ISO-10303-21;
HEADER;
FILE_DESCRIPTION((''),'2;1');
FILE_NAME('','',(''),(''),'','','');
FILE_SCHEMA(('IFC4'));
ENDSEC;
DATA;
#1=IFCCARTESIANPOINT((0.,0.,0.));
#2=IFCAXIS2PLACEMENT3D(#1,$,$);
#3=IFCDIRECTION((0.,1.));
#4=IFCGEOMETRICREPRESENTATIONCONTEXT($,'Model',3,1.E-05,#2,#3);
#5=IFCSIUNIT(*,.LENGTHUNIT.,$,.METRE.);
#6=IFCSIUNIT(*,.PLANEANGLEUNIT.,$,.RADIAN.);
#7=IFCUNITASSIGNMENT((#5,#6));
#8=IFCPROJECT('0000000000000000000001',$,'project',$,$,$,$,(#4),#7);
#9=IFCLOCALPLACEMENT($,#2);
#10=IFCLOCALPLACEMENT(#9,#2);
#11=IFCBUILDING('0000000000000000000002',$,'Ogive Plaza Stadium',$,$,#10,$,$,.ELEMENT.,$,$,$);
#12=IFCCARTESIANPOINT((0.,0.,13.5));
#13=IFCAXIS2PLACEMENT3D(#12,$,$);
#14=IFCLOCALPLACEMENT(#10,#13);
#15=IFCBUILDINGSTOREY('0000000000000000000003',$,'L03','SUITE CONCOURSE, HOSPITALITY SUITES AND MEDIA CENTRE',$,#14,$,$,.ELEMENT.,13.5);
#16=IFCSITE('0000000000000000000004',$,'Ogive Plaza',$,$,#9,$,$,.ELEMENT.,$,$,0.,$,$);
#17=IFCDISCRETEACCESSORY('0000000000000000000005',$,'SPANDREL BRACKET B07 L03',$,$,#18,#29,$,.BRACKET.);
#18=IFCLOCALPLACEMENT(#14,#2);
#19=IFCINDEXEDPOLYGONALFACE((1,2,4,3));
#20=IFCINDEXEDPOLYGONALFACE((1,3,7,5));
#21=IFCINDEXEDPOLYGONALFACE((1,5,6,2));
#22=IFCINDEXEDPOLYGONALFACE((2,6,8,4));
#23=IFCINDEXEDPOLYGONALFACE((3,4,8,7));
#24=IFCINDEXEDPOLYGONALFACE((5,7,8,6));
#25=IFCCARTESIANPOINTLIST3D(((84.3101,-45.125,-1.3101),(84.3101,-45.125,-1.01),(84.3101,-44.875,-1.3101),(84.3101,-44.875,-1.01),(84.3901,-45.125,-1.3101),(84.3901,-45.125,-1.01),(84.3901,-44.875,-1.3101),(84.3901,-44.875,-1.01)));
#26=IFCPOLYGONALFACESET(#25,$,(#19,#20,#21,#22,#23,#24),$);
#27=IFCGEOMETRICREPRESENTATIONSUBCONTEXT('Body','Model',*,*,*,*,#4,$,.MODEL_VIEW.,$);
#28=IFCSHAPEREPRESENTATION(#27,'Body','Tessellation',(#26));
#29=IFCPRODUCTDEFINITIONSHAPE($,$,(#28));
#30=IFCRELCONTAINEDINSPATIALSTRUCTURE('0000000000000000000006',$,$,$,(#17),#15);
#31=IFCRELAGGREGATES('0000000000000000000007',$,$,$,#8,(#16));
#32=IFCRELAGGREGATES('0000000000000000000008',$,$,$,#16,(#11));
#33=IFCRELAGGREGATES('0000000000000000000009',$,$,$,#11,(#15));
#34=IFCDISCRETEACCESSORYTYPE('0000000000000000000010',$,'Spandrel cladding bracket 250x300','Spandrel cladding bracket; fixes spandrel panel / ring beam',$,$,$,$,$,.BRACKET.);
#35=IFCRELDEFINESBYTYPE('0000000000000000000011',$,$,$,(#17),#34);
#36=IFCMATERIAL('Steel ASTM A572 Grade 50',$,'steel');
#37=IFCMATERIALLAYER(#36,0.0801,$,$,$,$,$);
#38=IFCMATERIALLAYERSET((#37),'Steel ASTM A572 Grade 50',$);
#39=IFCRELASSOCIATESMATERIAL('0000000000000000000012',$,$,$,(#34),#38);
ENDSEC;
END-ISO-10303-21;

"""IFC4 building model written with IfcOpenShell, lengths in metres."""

from ifc_helpers import new_model, si_unit, direction, frame, origin, origin_2d, place, context, subcontext, project, spatial, rectangle, extrude, material, layer, layer_set, type_object, element, save


model = new_model("IFC4")

# Units and contexts
model_context = context("Model", 3, precision=1e-05, world=origin(), true_north=direction((0.0, 1.0)))
body_context = subcontext(model_context, "Body", "Model", "MODEL_VIEW")
ifc_project = project(units=[si_unit("LENGTHUNIT", "METRE"), si_unit("PLANEANGLEUNIT", "RADIAN")], contexts=[model_context])

# Site, building, storey
site_placement = place(None, origin())
site = spatial("IfcSite", under=ifc_project, at=site_placement, Name="Ogive Plaza", CompositionType="ELEMENT", RefElevation=0.0)
building_placement = place(site_placement, origin())
building = spatial("IfcBuilding", under=site, at=building_placement, Name="Ogive Plaza Stadium", CompositionType="ELEMENT")
storey_placement = place(building_placement, frame((0.0, 0.0, 13.5)))
storey = spatial("IfcBuildingStorey", under=building, at=storey_placement, Name="L03", Description="SUITE CONCOURSE, HOSPITALITY SUITES AND MEDIA CENTRE", CompositionType="ELEMENT", Elevation=13.5)

# Discrete accessory
ifc_material_1 = material(Name="Steel ASTM A572 Grade 50", Category="steel")
ifc_layer_1 = layer(ifc_material_1, 0.0801)
ifc_layer_set_1 = layer_set([ifc_layer_1], Name="Steel ASTM A572 Grade 50")
discrete_accessory_type = type_object("IfcDiscreteAccessoryType", Name="Spandrel cladding bracket 250x300", Description="Spandrel cladding bracket; fixes spandrel panel / ring beam", PredefinedType="BRACKET", material=ifc_layer_set_1)
discrete_accessory_placement = place(storey_placement, frame((84.3501, -45.0, -1.3101), z_axis=(0.0, 0.0, 1.0), x_axis=(0.0, -1.0, 0.0)))
element("IfcDiscreteAccessory", 1, at=discrete_accessory_placement, inside=storey, type_object=discrete_accessory_type, Name="SPANDREL BRACKET B07 L03", PredefinedType="BRACKET", context=body_context, shape_type="SweptSolid", body=[
    extrude(rectangle(XDim=0.25, YDim=0.0801, at=origin_2d()), origin(), (0.0, 0.0, 1.0), 0.3),
])

save(model, "model.ifc")
